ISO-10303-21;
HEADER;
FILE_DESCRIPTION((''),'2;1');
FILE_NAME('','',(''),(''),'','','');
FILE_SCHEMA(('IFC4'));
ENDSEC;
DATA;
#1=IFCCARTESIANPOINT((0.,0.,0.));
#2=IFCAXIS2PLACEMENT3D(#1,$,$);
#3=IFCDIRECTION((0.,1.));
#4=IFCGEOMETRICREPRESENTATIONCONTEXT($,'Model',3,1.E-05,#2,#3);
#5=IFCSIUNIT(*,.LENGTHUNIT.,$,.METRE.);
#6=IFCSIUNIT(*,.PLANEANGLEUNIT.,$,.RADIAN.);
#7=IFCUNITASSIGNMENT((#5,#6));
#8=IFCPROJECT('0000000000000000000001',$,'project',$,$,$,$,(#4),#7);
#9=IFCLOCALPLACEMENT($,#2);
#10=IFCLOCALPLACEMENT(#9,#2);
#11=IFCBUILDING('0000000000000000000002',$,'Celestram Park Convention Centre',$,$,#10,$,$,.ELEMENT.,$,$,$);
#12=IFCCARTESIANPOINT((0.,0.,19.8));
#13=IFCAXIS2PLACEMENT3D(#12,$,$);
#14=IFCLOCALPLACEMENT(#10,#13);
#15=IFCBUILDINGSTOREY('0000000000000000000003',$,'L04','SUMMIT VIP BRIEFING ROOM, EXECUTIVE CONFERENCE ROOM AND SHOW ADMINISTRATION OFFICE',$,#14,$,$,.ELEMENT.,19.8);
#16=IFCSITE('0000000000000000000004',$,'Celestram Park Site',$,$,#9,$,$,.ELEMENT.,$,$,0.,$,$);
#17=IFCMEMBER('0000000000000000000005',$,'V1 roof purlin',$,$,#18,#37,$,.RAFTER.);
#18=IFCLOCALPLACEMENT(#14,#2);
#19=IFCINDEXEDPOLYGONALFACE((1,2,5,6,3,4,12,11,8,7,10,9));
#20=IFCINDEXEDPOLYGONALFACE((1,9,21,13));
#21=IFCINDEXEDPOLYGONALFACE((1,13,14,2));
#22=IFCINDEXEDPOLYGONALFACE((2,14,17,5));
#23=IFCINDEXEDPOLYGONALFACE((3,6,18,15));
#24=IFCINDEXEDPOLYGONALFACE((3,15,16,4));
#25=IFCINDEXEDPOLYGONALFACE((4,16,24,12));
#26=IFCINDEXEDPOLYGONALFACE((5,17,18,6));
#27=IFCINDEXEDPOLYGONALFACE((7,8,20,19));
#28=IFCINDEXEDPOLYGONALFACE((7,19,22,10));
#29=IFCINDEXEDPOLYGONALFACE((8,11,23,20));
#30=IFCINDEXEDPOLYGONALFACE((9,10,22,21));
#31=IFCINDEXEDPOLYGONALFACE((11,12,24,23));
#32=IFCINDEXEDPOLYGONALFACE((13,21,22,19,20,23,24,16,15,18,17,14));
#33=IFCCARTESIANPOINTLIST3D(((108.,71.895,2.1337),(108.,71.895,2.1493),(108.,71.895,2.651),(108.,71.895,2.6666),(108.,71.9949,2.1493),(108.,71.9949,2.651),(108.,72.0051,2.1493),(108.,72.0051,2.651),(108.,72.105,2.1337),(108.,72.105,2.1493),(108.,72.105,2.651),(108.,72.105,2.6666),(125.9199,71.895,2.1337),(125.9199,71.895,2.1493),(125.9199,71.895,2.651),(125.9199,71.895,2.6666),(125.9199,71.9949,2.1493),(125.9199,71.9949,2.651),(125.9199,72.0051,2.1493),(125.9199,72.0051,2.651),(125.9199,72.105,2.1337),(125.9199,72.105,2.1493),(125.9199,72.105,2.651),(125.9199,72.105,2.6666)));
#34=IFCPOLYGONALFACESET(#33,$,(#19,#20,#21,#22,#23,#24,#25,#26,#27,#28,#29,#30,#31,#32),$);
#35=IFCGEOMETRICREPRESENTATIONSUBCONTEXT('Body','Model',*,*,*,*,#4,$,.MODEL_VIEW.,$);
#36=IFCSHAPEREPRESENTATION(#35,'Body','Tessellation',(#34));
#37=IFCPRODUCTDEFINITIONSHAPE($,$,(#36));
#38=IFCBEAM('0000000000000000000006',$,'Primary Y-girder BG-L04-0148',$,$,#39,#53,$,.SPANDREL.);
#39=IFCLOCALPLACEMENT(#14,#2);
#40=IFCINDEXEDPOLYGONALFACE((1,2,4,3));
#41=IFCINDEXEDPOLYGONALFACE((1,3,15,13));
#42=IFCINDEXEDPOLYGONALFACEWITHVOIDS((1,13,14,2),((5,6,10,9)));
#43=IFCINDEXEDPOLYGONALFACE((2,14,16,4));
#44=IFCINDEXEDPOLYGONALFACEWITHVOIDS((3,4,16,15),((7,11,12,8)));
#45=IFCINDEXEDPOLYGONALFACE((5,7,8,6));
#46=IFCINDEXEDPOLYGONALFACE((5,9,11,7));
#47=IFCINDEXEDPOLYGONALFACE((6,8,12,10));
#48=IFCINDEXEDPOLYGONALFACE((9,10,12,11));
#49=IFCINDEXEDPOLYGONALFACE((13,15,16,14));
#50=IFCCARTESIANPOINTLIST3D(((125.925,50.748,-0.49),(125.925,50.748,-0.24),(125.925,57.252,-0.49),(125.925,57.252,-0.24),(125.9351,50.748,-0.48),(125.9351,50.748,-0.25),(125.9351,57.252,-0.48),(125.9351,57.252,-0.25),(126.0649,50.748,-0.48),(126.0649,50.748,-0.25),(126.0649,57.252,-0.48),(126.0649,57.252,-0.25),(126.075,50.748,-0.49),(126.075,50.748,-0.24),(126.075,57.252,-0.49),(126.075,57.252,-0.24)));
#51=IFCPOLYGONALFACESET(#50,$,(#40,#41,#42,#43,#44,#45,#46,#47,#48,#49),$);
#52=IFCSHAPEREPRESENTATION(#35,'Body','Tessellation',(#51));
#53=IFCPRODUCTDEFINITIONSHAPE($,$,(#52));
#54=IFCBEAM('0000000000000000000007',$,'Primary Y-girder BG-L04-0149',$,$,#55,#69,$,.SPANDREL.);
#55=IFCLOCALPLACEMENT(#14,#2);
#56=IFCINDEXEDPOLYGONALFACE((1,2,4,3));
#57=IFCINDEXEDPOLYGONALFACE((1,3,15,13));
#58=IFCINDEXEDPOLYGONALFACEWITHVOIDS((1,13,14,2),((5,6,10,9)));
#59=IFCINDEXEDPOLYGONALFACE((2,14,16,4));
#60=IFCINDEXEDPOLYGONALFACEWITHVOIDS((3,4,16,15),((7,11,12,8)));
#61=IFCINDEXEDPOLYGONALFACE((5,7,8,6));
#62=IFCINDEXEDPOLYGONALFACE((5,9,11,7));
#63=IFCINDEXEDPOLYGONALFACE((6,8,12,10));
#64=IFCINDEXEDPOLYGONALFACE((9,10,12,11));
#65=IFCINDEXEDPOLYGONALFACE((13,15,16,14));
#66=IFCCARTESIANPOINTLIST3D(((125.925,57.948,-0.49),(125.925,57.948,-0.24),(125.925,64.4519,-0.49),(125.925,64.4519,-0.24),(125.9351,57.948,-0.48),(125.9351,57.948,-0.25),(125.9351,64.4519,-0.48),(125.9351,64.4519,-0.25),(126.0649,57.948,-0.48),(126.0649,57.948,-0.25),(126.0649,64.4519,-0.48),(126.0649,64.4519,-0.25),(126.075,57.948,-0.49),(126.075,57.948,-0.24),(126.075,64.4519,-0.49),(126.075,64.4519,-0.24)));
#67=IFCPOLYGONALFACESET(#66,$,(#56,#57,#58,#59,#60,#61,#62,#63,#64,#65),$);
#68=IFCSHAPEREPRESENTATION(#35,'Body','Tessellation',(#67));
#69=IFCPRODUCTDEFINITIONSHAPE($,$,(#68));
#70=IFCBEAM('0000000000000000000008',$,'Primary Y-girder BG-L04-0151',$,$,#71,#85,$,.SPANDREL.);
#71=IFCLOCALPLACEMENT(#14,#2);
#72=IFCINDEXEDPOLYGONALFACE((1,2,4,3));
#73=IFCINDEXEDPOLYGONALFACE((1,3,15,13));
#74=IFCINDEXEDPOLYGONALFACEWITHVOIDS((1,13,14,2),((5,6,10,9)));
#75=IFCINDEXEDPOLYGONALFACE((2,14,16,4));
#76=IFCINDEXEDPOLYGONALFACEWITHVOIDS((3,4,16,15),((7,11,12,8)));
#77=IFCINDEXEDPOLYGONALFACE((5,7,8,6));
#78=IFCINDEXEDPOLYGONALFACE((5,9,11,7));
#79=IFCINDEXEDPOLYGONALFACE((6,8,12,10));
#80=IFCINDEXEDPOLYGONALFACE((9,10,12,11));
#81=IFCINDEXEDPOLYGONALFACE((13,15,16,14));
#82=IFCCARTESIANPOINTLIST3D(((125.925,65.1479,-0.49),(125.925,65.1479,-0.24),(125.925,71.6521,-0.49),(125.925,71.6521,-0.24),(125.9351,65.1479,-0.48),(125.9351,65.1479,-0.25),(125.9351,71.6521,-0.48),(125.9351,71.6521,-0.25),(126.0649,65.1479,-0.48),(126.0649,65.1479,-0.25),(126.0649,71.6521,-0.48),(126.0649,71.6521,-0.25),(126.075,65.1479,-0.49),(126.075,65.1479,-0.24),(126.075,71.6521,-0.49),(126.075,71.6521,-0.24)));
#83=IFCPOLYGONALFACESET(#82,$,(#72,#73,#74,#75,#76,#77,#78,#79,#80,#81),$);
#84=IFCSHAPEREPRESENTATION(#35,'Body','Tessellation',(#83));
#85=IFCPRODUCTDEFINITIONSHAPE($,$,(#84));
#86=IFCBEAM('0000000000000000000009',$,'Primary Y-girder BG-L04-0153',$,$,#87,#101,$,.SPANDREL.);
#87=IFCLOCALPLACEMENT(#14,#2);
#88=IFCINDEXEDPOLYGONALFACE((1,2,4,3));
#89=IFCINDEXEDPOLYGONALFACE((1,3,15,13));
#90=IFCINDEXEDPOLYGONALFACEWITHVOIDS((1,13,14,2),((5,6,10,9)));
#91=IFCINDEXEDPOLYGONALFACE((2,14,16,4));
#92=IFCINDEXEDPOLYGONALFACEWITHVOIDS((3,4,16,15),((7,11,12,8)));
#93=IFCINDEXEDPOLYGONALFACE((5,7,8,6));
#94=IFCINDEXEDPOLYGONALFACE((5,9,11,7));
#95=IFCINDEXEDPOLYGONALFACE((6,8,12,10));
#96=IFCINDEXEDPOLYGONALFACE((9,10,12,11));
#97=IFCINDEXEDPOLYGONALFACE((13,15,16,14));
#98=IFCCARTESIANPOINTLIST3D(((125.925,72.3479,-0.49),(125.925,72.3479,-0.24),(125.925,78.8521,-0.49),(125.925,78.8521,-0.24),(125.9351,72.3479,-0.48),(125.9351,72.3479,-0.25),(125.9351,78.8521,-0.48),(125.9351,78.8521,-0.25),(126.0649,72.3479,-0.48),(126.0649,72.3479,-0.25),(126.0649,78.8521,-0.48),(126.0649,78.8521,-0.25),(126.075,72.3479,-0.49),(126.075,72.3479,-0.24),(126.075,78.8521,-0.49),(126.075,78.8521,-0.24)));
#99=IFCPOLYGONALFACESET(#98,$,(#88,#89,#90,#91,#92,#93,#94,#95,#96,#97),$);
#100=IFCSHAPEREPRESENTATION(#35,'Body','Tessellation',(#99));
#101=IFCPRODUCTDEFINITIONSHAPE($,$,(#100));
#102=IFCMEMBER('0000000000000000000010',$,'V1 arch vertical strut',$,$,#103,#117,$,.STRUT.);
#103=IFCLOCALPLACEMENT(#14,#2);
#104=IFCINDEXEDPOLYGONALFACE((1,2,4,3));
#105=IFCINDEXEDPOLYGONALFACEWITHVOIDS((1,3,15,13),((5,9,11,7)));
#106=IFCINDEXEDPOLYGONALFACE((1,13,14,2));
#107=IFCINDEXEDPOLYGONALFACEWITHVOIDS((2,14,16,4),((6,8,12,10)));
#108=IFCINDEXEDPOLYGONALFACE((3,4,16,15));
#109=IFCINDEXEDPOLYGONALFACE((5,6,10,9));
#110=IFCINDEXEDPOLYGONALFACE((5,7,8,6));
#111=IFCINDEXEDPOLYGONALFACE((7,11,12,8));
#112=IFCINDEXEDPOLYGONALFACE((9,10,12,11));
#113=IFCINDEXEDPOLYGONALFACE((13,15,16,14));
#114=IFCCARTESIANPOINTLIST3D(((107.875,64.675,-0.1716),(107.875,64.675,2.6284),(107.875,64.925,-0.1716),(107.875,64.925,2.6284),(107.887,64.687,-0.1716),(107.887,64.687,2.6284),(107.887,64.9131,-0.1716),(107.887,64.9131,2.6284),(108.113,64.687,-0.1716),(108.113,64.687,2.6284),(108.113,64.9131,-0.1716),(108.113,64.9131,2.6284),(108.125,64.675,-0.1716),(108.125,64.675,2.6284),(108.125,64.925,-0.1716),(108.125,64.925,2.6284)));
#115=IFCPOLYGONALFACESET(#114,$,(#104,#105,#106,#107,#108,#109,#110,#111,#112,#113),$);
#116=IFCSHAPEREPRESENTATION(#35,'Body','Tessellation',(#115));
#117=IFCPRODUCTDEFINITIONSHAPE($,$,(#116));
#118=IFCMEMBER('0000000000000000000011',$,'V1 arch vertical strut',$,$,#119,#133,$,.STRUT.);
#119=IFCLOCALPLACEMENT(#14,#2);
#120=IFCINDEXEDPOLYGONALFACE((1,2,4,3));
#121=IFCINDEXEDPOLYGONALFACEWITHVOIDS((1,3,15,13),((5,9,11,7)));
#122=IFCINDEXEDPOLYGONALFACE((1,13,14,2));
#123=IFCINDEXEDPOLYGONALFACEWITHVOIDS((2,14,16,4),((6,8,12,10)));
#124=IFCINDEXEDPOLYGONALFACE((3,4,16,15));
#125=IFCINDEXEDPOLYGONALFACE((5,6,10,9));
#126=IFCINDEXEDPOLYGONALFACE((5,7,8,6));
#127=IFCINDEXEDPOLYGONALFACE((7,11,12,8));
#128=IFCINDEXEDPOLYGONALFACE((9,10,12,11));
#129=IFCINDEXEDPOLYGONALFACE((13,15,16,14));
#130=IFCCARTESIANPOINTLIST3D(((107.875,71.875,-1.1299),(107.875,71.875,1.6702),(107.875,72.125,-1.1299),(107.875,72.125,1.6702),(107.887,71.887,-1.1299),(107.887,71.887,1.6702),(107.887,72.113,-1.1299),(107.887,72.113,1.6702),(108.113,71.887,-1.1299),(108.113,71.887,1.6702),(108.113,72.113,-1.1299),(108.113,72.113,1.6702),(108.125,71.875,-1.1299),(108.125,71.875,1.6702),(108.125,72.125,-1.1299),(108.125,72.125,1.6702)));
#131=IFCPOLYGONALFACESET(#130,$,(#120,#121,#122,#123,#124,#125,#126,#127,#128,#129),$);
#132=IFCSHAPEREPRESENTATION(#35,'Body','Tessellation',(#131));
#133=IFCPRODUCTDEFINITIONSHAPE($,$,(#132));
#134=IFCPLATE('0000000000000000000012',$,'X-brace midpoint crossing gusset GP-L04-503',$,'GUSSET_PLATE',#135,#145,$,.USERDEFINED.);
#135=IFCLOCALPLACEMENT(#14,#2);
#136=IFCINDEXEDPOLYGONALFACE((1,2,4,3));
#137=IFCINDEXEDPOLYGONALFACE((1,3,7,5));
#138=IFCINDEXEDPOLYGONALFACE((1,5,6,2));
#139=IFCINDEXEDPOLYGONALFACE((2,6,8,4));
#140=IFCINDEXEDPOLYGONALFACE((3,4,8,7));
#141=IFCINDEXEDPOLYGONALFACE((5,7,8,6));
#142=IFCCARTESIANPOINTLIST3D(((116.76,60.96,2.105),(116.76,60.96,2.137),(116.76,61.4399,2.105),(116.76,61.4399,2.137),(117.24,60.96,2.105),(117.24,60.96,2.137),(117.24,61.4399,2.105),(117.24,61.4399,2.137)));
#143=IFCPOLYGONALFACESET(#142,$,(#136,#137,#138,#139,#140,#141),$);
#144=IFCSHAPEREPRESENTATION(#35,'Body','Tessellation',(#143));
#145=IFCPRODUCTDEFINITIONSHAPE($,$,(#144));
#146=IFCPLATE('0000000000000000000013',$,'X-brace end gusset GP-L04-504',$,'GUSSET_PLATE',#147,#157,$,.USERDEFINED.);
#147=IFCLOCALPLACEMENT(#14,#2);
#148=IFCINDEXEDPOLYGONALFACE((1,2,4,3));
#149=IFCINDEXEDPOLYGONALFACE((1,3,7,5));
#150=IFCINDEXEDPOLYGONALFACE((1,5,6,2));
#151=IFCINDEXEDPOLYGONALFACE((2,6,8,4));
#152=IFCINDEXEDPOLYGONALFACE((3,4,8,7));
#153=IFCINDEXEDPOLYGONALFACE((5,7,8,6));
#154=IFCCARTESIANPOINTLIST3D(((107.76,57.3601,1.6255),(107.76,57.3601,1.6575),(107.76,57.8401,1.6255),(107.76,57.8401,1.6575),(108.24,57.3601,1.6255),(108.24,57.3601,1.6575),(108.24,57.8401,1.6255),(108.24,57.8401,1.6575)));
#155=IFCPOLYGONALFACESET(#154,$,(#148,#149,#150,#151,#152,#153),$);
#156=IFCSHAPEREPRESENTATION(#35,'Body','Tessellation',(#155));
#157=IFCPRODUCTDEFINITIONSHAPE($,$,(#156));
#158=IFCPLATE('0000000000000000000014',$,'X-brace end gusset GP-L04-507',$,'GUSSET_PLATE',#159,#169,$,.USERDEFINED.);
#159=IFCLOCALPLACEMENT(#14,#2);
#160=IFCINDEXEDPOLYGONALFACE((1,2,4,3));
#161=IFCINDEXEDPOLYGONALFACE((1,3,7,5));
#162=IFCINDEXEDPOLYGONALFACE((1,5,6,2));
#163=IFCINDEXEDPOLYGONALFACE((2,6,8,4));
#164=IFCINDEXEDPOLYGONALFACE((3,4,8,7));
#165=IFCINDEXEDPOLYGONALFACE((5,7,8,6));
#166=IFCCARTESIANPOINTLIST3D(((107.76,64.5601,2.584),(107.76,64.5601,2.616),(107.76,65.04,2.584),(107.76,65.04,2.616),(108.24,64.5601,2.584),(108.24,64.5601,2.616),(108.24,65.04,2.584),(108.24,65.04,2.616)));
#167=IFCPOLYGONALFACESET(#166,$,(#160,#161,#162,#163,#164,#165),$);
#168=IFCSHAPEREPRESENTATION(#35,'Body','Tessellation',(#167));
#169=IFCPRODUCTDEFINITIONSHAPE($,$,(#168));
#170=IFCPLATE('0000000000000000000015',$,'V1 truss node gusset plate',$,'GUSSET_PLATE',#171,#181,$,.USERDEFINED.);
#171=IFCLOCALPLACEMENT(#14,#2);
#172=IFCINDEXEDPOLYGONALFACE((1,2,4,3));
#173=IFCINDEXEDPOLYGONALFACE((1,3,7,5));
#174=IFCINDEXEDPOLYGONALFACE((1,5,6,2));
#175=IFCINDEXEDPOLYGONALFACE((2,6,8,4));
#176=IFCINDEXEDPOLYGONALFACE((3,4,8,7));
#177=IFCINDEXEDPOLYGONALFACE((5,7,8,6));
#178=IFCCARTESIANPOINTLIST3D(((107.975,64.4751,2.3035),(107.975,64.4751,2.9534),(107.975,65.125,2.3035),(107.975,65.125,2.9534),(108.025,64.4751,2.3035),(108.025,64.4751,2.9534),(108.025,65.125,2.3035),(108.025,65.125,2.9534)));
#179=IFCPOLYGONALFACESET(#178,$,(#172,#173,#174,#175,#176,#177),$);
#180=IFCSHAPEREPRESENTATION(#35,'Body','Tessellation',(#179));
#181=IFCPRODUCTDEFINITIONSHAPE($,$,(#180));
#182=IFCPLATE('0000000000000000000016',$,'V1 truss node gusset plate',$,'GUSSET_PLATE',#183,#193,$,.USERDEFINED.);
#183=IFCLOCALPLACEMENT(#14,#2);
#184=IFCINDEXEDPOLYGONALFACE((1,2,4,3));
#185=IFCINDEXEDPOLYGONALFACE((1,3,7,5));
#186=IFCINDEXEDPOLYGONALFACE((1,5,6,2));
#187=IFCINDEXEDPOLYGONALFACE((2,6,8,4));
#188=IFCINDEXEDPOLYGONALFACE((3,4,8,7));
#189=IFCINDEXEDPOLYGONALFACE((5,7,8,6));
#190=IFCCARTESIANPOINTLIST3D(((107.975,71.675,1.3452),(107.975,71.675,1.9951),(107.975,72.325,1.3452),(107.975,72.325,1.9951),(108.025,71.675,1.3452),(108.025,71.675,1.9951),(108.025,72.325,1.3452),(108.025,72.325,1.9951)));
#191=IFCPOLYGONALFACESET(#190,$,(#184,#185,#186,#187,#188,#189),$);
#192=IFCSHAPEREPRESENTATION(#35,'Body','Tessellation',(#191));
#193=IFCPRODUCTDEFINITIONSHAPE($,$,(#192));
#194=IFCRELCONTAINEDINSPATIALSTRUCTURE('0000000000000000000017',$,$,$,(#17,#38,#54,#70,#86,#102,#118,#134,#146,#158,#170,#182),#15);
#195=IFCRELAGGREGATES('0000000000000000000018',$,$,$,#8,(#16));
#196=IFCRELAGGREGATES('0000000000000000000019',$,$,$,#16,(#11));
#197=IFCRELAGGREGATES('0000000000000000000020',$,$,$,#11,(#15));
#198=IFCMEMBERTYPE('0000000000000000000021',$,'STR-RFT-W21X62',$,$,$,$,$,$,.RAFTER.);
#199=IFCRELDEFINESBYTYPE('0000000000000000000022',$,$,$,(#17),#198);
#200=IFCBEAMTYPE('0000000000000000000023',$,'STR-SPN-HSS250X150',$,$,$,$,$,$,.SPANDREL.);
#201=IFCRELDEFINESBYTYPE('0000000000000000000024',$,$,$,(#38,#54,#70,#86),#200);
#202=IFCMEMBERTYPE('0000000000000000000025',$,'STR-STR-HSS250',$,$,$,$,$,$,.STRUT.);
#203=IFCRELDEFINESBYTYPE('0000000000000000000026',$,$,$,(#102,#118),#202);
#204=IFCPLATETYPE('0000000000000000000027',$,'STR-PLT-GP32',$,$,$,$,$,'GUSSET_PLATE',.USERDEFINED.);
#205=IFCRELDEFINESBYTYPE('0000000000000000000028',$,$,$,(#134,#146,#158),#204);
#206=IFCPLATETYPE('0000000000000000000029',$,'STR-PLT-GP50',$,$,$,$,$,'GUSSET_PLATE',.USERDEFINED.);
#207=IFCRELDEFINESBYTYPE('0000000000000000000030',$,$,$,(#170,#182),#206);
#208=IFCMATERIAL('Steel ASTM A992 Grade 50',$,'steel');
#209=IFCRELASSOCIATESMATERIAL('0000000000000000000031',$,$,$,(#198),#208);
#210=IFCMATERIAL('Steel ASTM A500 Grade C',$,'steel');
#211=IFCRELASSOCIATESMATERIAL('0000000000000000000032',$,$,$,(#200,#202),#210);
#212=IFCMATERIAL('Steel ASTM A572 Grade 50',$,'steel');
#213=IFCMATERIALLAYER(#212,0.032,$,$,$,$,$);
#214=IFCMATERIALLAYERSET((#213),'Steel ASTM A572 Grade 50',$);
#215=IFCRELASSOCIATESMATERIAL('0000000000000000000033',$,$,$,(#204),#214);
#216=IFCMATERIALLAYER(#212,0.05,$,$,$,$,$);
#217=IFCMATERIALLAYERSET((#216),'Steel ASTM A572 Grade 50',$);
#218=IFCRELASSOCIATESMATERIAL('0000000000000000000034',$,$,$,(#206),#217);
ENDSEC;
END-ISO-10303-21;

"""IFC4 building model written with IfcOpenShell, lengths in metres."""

from ifc_helpers import new_model, si_unit, direction, frame, origin, origin_2d, place, context, subcontext, project, spatial, rectangle, hollow_rectangle, i_section, extrude, material, layer, layer_set, material_profile, profile_set, type_object, element, save


model = new_model("IFC4")

# Units and contexts
model_context = context("Model", 3, precision=1e-05, world=origin(), true_north=direction((0.0, 1.0)))
body_context = subcontext(model_context, "Body", "Model", "MODEL_VIEW")
ifc_project = project(units=[si_unit("LENGTHUNIT", "METRE"), si_unit("PLANEANGLEUNIT", "RADIAN")], contexts=[model_context])

# Site, building, storey
site_placement = place(None, origin())
site = spatial("IfcSite", under=ifc_project, at=site_placement, Name="Celestram Park Site", CompositionType="ELEMENT", RefElevation=0.0)
building_placement = place(site_placement, origin())
building = spatial("IfcBuilding", under=site, at=building_placement, Name="Celestram Park Convention Centre", CompositionType="ELEMENT")
storey_placement = place(building_placement, frame((0.0, 0.0, 19.8)))
storey = spatial("IfcBuildingStorey", under=building, at=storey_placement, Name="L04", Description="SUMMIT VIP BRIEFING ROOM, EXECUTIVE CONFERENCE ROOM AND SHOW ADMINISTRATION OFFICE", CompositionType="ELEMENT", Elevation=19.8)

# Member
ifc_material_1 = material(Name="Steel ASTM A500 Grade C", Category="steel")
ifc_material_2 = material(Name="Steel ASTM A992 Grade 50", Category="steel")
ifc_material_profile_1 = material_profile(ifc_material_2, i_section(OverallWidth=0.21, OverallDepth=0.533, WebThickness=0.0103, FlangeThickness=0.0156, at=origin_2d()), Name="W21X62")
ifc_profile_set_1 = profile_set([ifc_material_profile_1], Name="Steel ASTM A992 Grade 50")
member_type_1 = type_object("IfcMemberType", Name="STR-RFT-W21X62", PredefinedType="RAFTER", material=ifc_profile_set_1)
for number, where, z_axis, x_axis, name in (
    (1, (108.0, 72.0, 2.4001), (1.0, 0.0, 0.0), (0.0, 1.0, 0.0), "V1 roof purlin"),
):
    element("IfcMember", number, at=place(storey_placement, frame(where, z_axis=z_axis, x_axis=x_axis)), inside=storey, type_object=member_type_1, Name=name, PredefinedType="RAFTER", context=body_context, shape_type="SweptSolid", body=[
        extrude(i_section(OverallWidth=0.21, OverallDepth=0.533, WebThickness=0.0103, FlangeThickness=0.0156, at=origin_2d()), origin(), (0.0, 0.0, 1.0), 17.9199),
    ])

# Beams
ifc_material_profile_2 = material_profile(ifc_material_1, hollow_rectangle(XDim=0.1499, YDim=0.25, WallThickness=0.01, at=origin_2d()), Name="HSS250X150X10")
ifc_profile_set_2 = profile_set([ifc_material_profile_2], Name="Steel ASTM A500 Grade C")
beam_type = type_object("IfcBeamType", Name="STR-SPN-HSS250X150", PredefinedType="SPANDREL", material=ifc_profile_set_2)
for number, where, z_axis, x_axis, name in (
    (2, (126.0, 50.748, -0.365), (0.0, 1.0, 0.0), (-1.0, 0.0, 0.0), "Primary Y-girder BG-L04-0148"),
    (3, (126.0, 57.948, -0.365), (0.0, 1.0, 0.0), (-1.0, 0.0, 0.0), "Primary Y-girder BG-L04-0149"),
):
    element("IfcBeam", number, at=place(storey_placement, frame(where, z_axis=z_axis, x_axis=x_axis)), inside=storey, type_object=beam_type, Name=name, PredefinedType="SPANDREL", context=body_context, shape_type="SweptSolid", body=[
        extrude(hollow_rectangle(XDim=0.1499, YDim=0.25, WallThickness=0.01, at=origin_2d()), origin(), (0.0, 0.0, 1.0), 6.5039),
    ])
for number, where, z_axis, x_axis, name in (
    (4, (126.0, 65.1479, -0.365), (0.0, 1.0, 0.0), (-1.0, 0.0, 0.0), "Primary Y-girder BG-L04-0151"),
    (5, (126.0, 72.3479, -0.365), (0.0, 1.0, 0.0), (-1.0, 0.0, 0.0), "Primary Y-girder BG-L04-0153"),
):
    element("IfcBeam", number, at=place(storey_placement, frame(where, z_axis=z_axis, x_axis=x_axis)), inside=storey, type_object=beam_type, Name=name, PredefinedType="SPANDREL", context=body_context, shape_type="SweptSolid", body=[
        extrude(hollow_rectangle(XDim=0.1499, YDim=0.25, WallThickness=0.01, at=origin_2d()), origin(), (0.0, 0.0, 1.0), 6.5042),
    ])

# Members
ifc_material_profile_3 = material_profile(ifc_material_1, hollow_rectangle(XDim=0.25, YDim=0.25, WallThickness=0.012, at=origin_2d()), Name="HSS250X250X12")
ifc_profile_set_3 = profile_set([ifc_material_profile_3], Name="Steel ASTM A500 Grade C")
member_type_2 = type_object("IfcMemberType", Name="STR-STR-HSS250", PredefinedType="STRUT", material=ifc_profile_set_3)
for number, where, z_axis, x_axis, name in (
    (6, (108.0, 64.8, -0.1716), (0.0, 0.0, 1.0), (1.0, 0.0, 0.0), "V1 arch vertical strut"),
    (7, (108.0, 72.0, -1.1299), (0.0, 0.0, 1.0), (1.0, 0.0, 0.0), "V1 arch vertical strut"),
):
    element("IfcMember", number, at=place(storey_placement, frame(where, z_axis=z_axis, x_axis=x_axis)), inside=storey, type_object=member_type_2, Name=name, PredefinedType="STRUT", context=body_context, shape_type="SweptSolid", body=[
        extrude(hollow_rectangle(XDim=0.25, YDim=0.25, WallThickness=0.012, at=origin_2d()), origin(), (0.0, 0.0, 1.0), 2.8),
    ])

# Plates
ifc_material_3 = material(Name="Steel ASTM A572 Grade 50", Category="steel")
ifc_layer_1 = layer(ifc_material_3, 0.032)
ifc_layer_set_1 = layer_set([ifc_layer_1], Name="Steel ASTM A572 Grade 50")
plate_type_1 = type_object("IfcPlateType", Name="STR-PLT-GP32", ElementType="GUSSET_PLATE", PredefinedType="USERDEFINED", material=ifc_layer_set_1)
for number, where, z_axis, x_axis, name in (
    (8, (117.0, 61.2, 2.105), (0.0, 0.0, 1.0), (1.0, 0.0, 0.0), "X-brace midpoint crossing gusset GP-L04-503"),
    (9, (108.0, 57.6001, 1.6255), (0.0, 0.0, 1.0), (1.0, 0.0, 0.0), "X-brace end gusset GP-L04-504"),
    (10, (108.0, 64.8, 2.584), (0.0, 0.0, 1.0), (1.0, 0.0, 0.0), "X-brace end gusset GP-L04-507"),
):
    element("IfcPlate", number, at=place(storey_placement, frame(where, z_axis=z_axis, x_axis=x_axis)), inside=storey, type_object=plate_type_1, Name=name, ObjectType="GUSSET_PLATE", PredefinedType="USERDEFINED", context=body_context, shape_type="SweptSolid", body=[
        extrude(rectangle(XDim=0.48, YDim=0.48, at=origin_2d()), origin(), (0.0, 0.0, 1.0), 0.032),
    ])
ifc_layer_2 = layer(ifc_material_3, 0.05)
ifc_layer_set_2 = layer_set([ifc_layer_2], Name="Steel ASTM A572 Grade 50")
plate_type_2 = type_object("IfcPlateType", Name="STR-PLT-GP50", ElementType="GUSSET_PLATE", PredefinedType="USERDEFINED", material=ifc_layer_set_2)
for number, where, z_axis, x_axis, name in (
    (11, (108.0, 64.8, 2.3035), (0.0, 0.0, 1.0), (0.0, 1.0, 0.0), "V1 truss node gusset plate"),
    (12, (108.0, 72.0, 1.3452), (0.0, 0.0, 1.0), (0.0, 1.0, 0.0), "V1 truss node gusset plate"),
):
    element("IfcPlate", number, at=place(storey_placement, frame(where, z_axis=z_axis, x_axis=x_axis)), inside=storey, type_object=plate_type_2, Name=name, ObjectType="GUSSET_PLATE", PredefinedType="USERDEFINED", context=body_context, shape_type="SweptSolid", body=[
        extrude(rectangle(XDim=0.6499, YDim=0.05, at=origin_2d()), origin(), (0.0, 0.0, 1.0), 0.6499),
    ])

save(model, "model.ifc")
